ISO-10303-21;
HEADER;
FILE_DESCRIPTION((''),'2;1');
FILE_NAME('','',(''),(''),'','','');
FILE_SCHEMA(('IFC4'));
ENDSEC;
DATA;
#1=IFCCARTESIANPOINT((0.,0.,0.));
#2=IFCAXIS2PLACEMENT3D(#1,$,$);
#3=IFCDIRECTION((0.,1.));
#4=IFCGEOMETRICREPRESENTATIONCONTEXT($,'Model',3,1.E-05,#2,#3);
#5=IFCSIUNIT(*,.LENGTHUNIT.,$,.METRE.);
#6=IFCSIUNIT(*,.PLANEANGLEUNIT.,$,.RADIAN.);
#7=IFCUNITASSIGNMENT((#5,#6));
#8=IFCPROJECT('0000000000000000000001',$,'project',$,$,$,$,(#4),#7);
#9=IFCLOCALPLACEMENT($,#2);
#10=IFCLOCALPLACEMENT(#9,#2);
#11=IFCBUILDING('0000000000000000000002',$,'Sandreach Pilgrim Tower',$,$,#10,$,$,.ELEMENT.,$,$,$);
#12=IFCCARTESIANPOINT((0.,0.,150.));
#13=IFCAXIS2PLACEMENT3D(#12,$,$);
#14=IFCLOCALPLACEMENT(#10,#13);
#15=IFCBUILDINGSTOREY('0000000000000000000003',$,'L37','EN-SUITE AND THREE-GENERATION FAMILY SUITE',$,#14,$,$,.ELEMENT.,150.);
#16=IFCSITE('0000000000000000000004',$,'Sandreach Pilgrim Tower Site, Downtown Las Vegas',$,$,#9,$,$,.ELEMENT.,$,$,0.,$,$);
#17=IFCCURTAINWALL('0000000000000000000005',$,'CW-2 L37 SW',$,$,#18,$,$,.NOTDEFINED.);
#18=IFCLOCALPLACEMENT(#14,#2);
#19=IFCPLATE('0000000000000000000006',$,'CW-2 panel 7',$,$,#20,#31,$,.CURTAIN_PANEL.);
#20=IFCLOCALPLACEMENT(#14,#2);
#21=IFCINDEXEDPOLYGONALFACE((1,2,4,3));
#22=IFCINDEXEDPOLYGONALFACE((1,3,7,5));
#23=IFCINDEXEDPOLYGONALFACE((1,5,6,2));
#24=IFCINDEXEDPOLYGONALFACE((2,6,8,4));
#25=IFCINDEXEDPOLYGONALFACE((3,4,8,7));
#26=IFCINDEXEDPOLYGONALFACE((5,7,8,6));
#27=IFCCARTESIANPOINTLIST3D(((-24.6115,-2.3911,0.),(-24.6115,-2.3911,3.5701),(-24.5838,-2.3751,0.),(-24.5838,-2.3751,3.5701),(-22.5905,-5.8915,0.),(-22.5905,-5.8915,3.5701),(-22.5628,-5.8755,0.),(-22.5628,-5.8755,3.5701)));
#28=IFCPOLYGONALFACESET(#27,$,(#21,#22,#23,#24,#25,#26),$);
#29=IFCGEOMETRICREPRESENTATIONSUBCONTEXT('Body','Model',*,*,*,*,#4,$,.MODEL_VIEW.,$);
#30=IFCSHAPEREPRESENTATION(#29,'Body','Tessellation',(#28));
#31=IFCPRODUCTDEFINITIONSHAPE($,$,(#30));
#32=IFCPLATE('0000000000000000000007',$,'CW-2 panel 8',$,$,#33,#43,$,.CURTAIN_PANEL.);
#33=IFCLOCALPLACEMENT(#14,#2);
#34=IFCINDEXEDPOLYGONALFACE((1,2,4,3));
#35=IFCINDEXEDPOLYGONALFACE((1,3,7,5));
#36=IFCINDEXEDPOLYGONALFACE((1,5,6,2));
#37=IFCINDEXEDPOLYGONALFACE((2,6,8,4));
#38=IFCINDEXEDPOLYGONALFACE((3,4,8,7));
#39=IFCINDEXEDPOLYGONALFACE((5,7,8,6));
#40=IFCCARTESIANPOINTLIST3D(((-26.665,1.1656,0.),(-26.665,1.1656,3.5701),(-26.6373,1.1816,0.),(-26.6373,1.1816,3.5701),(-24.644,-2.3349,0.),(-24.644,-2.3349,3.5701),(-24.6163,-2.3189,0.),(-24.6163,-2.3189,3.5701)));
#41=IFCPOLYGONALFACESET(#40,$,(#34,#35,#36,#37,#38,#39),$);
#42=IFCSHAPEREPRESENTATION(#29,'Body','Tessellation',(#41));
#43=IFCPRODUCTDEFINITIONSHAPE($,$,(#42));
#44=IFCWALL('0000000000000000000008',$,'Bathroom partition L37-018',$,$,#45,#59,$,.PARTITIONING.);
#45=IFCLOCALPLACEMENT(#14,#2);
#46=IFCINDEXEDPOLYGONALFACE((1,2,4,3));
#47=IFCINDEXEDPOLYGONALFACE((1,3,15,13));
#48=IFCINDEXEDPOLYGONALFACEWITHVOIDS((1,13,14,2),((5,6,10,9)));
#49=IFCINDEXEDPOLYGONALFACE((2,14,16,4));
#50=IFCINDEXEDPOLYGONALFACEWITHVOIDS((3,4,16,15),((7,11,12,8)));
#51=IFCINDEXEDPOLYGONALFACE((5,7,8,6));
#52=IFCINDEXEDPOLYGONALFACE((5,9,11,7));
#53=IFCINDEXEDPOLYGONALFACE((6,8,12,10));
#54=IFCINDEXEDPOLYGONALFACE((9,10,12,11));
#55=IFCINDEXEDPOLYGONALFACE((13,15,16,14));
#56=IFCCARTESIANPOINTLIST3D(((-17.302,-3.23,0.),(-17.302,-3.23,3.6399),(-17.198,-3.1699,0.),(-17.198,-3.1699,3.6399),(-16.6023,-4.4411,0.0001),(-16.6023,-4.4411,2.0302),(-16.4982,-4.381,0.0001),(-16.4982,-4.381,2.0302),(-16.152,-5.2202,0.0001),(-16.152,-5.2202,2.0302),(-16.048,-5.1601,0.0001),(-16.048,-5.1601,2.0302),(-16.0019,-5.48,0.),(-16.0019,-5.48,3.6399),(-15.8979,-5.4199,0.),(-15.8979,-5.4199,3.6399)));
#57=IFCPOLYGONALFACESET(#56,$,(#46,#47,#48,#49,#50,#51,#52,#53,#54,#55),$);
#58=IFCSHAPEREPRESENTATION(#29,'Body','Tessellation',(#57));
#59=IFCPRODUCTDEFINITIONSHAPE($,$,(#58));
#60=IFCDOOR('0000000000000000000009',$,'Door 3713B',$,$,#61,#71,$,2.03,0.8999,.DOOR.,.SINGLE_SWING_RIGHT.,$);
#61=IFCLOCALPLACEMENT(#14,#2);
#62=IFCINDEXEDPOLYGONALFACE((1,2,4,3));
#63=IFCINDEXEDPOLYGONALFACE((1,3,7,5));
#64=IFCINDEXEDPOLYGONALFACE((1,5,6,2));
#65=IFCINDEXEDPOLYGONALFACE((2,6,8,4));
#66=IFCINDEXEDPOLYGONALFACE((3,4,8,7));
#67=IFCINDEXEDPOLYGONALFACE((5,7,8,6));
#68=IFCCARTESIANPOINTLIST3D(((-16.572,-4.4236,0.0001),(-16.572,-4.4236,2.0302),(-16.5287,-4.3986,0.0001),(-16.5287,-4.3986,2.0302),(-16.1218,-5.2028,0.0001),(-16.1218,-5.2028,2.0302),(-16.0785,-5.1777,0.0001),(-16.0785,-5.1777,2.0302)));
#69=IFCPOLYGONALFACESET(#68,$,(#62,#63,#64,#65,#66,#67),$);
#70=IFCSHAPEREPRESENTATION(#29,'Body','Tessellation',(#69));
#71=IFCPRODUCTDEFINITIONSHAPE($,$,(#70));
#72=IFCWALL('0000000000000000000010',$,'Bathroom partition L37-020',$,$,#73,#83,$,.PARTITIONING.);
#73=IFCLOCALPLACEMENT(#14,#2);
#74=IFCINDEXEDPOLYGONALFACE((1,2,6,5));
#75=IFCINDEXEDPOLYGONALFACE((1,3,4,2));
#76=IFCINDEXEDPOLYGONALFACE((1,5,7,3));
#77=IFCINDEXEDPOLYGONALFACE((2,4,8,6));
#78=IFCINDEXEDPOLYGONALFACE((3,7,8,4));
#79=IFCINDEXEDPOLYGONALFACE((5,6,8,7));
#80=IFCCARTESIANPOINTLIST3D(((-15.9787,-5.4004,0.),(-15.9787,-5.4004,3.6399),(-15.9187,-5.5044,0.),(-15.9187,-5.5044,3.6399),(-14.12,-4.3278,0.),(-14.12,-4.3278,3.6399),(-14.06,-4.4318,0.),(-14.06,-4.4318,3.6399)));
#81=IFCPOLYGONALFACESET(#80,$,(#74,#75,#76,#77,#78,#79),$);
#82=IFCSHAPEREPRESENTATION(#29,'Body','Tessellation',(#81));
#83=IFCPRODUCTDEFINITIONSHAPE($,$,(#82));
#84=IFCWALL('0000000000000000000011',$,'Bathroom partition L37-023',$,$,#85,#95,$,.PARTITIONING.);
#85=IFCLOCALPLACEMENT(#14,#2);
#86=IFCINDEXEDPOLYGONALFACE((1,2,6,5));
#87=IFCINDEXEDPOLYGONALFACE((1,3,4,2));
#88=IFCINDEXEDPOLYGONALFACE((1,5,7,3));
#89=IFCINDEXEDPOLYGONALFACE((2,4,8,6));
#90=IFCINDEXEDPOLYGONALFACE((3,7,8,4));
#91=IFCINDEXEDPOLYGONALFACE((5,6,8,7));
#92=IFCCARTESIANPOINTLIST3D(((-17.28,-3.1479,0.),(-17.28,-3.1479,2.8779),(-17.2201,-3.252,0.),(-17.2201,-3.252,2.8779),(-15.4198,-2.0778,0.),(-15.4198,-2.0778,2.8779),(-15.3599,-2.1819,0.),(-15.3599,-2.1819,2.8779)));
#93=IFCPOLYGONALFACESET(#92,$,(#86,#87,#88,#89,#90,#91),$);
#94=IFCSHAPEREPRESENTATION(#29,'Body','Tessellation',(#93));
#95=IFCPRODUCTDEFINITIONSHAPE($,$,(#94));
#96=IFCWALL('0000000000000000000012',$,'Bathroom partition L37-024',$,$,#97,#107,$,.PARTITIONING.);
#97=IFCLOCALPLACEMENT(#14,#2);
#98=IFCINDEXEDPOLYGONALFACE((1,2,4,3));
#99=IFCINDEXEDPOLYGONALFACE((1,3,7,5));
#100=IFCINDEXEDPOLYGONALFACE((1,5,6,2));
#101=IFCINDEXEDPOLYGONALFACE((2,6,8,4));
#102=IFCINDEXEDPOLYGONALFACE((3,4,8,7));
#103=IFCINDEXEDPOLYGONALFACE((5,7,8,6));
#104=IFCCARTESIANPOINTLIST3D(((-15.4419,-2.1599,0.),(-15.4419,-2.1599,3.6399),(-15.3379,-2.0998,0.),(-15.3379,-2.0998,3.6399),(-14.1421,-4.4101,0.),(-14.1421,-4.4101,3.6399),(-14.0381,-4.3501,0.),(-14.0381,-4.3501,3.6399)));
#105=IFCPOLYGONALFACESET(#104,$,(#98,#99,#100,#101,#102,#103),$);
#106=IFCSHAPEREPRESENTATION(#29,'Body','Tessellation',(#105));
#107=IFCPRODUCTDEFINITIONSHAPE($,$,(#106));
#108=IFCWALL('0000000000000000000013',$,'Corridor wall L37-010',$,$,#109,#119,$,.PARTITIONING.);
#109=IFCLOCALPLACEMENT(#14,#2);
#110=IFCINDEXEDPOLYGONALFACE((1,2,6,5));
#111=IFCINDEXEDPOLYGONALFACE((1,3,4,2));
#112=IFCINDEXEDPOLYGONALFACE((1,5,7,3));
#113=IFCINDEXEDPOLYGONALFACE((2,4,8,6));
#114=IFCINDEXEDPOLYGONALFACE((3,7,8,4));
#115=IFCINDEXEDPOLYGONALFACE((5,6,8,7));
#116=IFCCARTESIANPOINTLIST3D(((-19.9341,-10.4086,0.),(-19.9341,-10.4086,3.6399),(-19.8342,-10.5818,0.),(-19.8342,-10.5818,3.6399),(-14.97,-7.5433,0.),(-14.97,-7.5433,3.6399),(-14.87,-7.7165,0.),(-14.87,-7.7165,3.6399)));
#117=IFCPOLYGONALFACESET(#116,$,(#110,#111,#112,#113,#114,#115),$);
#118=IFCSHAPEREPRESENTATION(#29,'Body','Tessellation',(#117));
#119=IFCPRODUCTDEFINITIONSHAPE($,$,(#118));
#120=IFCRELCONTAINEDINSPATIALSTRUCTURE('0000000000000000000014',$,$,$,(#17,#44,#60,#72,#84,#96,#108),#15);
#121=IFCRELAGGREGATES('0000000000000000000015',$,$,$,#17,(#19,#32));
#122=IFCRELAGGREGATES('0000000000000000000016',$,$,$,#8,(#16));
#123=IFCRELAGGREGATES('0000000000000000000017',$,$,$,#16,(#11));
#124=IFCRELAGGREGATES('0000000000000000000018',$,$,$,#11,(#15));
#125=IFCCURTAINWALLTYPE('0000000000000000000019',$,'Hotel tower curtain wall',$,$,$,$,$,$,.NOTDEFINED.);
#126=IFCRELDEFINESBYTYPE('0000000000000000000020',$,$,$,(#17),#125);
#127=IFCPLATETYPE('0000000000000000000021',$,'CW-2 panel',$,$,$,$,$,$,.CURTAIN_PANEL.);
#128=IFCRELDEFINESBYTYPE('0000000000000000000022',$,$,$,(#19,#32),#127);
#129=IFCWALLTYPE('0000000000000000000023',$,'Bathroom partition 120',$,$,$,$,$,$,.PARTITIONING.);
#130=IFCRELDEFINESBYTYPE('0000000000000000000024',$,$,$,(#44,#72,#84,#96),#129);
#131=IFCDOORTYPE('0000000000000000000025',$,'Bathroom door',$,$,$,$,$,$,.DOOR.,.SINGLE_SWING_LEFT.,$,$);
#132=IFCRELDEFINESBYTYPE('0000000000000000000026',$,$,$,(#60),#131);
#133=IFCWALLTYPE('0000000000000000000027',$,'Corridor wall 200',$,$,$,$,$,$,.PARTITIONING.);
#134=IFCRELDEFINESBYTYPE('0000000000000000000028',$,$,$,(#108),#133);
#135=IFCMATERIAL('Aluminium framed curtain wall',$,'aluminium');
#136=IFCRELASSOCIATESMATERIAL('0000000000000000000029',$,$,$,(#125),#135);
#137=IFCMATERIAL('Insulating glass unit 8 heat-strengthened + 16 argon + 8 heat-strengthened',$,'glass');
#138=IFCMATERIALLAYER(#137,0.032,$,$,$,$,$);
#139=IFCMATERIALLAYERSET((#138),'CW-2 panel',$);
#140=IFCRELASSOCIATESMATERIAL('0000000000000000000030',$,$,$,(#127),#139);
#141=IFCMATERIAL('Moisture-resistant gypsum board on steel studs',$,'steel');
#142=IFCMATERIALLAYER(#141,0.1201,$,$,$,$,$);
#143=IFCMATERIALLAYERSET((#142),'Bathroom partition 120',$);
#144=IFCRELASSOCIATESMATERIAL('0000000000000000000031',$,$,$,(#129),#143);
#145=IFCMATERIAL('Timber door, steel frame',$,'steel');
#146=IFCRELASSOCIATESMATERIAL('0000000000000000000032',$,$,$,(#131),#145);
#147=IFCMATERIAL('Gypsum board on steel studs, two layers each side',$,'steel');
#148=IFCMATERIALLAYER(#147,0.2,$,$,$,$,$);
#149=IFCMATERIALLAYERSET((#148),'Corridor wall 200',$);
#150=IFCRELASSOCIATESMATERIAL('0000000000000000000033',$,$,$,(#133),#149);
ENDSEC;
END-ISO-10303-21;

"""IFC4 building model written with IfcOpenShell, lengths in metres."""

from ifc_helpers import new_model, si_unit, direction, frame, frame_2d, origin, origin_2d, place, context, subcontext, project, spatial, rectangle, extrude, material, layer, layer_set, type_object, element, fill, aggregate, save


model = new_model("IFC4")

# Units and contexts
model_context = context("Model", 3, precision=1e-05, world=origin(), true_north=direction((0.0, 1.0)))
body_context = subcontext(model_context, "Body", "Model", "MODEL_VIEW")
ifc_project = project(units=[si_unit("LENGTHUNIT", "METRE"), si_unit("PLANEANGLEUNIT", "RADIAN")], contexts=[model_context])

# Site, building, storey
site_placement = place(None, origin())
site = spatial("IfcSite", under=ifc_project, at=site_placement, Name="Sandreach Pilgrim Tower Site, Downtown Las Vegas", CompositionType="ELEMENT", RefElevation=0.0)
building_placement = place(site_placement, origin())
building = spatial("IfcBuilding", under=site, at=building_placement, Name="Sandreach Pilgrim Tower", CompositionType="ELEMENT")
storey_placement = place(building_placement, frame((0.0, 0.0, 150.0)))
storey = spatial("IfcBuildingStorey", under=building, at=storey_placement, Name="L37", Description="EN-SUITE AND THREE-GENERATION FAMILY SUITE", CompositionType="ELEMENT", Elevation=150.0)

# Curtain wall
ifc_material_1 = material(Name="Aluminium framed curtain wall", Category="aluminium")
curtain_wall_type = type_object("IfcCurtainWallType", Name="Hotel tower curtain wall", PredefinedType="NOTDEFINED", material=ifc_material_1)
curtain_wall_placement = place(storey_placement, origin())
curtain_wall = element("IfcCurtainWall", 1, at=curtain_wall_placement, inside=storey, type_object=curtain_wall_type, Name="CW-2 L37 SW", PredefinedType="NOTDEFINED")

# Plates
ifc_material_2 = material(Name="Insulating glass unit 8 heat-strengthened + 16 argon + 8 heat-strengthened", Category="glass")
ifc_layer_1 = layer(ifc_material_2, 0.032)
ifc_layer_set_1 = layer_set([ifc_layer_1], Name="CW-2 panel")
plate_type = type_object("IfcPlateType", Name="CW-2 panel", PredefinedType="CURTAIN_PANEL", material=ifc_layer_set_1)
plate_1_placement = place(storey_placement, frame((-23.5872, -4.1333, 0.0), z_axis=(0.0, 0.0, 1.0), x_axis=(-0.5, 0.866025, 0.0)))
plate_1 = element("IfcPlate", 2, at=plate_1_placement, type_object=plate_type, Name="CW-2 panel 7", PredefinedType="CURTAIN_PANEL", context=body_context, shape_type="SweptSolid", body=[
    extrude(rectangle(XDim=4.042, YDim=0.032, at=origin_2d()), origin(), (0.0, 0.0, 1.0), 3.5701),
])
plate_2_placement = place(storey_placement, frame((-25.6406, -0.5767, 0.0), z_axis=(0.0, 0.0, 1.0), x_axis=(-0.5, 0.866025, 0.0)))
plate_2 = element("IfcPlate", 3, at=plate_2_placement, type_object=plate_type, Name="CW-2 panel 8", PredefinedType="CURTAIN_PANEL", context=body_context, shape_type="SweptSolid", body=[
    extrude(rectangle(XDim=4.042, YDim=0.032, at=origin_2d()), origin(), (0.0, 0.0, 1.0), 3.5701),
])
aggregate(curtain_wall, [plate_1, plate_2])

# Wall, opening, door
ifc_material_3 = material(Name="Moisture-resistant gypsum board on steel studs", Category="steel")
ifc_layer_2 = layer(ifc_material_3, 0.1201)
ifc_layer_set_2 = layer_set([ifc_layer_2], Name="Bathroom partition 120")
wall_type_1 = type_object("IfcWallType", Name="Bathroom partition 120", PredefinedType="PARTITIONING", material=ifc_layer_set_2)
wall_1_placement = place(storey_placement, frame((-17.25, -3.2, 0.0), z_axis=(0.0, 0.0, 1.0), x_axis=(0.500292, -0.865857, 0.0)))
wall_1 = element("IfcWall", 4, at=wall_1_placement, inside=storey, type_object=wall_type_1, Name="Bathroom partition L37-018", PredefinedType="PARTITIONING", context=body_context, shape_type="SweptSolid", body=[
    extrude(rectangle(XDim=2.5986, YDim=0.1201, at=frame_2d((1.2993, 0.0))), origin(), (0.0, 0.0, 1.0), 3.6399),
])
opening_1_placement = place(wall_1_placement, frame((1.3987, 0.0, 0.0)))
opening_1 = element("IfcOpeningElement", 5, at=opening_1_placement, cuts=wall_1, PredefinedType="OPENING", context=body_context, shape_type="SweptSolid", body=[
    extrude(rectangle(XDim=0.8999, YDim=2.03, at=frame_2d((0.45, 1.0151))), frame((0.0, 0.0601, 0.0), z_axis=(0.0, -1.0, 0.0), x_axis=(1.0, 0.0, 0.0)), (0.0, 0.0, 1.0), 0.1201),
])
ifc_material_4 = material(Name="Timber door, steel frame", Category="steel")
door_type_1 = type_object("IfcDoorType", Name="Bathroom door", OperationType="SINGLE_SWING_LEFT", PredefinedType="DOOR", material=ifc_material_4)
door_1_placement = place(opening_1_placement, origin())
door_1 = element("IfcDoor", 6, at=door_1_placement, inside=storey, type_object=door_type_1, Name="Door 3713B", OperationType="SINGLE_SWING_RIGHT", OverallHeight=2.03, OverallWidth=0.8999, PredefinedType="DOOR", context=body_context, shape_type="SweptSolid", body=[
    extrude(rectangle(XDim=0.8999, YDim=2.03, at=frame_2d((0.45, 1.0151))), frame((0.0, 0.0249, 0.0), z_axis=(0.0, -1.0, 0.0), x_axis=(1.0, 0.0, 0.0)), (0.0, 0.0, 1.0), 0.05),
])
fill(opening_1, door_1)

# Walls
wall_2_placement = place(storey_placement, frame((-15.9487, -5.4524, 0.0), z_axis=(0.0, 0.0, 1.0), x_axis=(0.866142, 0.499798, 0.0)))
element("IfcWall", 7, at=wall_2_placement, inside=storey, type_object=wall_type_1, Name="Bathroom partition L37-020", PredefinedType="PARTITIONING", context=body_context, shape_type="SweptSolid", body=[
    extrude(rectangle(XDim=2.146, YDim=0.1201, at=frame_2d((1.073, 0.0))), origin(), (0.0, 0.0, 1.0), 3.6399),
])
wall_3_placement = place(storey_placement, frame((-15.3899, -2.1299, 0.0), z_axis=(0.0, 0.0, 1.0), x_axis=(-0.866804, -0.498649, 0.0)))
element("IfcWall", 8, at=wall_3_placement, inside=storey, type_object=wall_type_1, Name="Bathroom partition L37-023", PredefinedType="PARTITIONING", context=body_context, shape_type="SweptSolid", body=[
    extrude(rectangle(XDim=2.146, YDim=0.1201, at=frame_2d((1.073, 0.0))), origin(), (0.0, 0.0, 1.0), 2.8779),
])
wall_4_placement = place(storey_placement, frame((-15.3899, -2.1299, 0.0), z_axis=(0.0, 0.0, 1.0), x_axis=(0.500181, -0.865921, 0.0)))
element("IfcWall", 9, at=wall_4_placement, inside=storey, type_object=wall_type_1, Name="Bathroom partition L37-024", PredefinedType="PARTITIONING", context=body_context, shape_type="SweptSolid", body=[
    extrude(rectangle(XDim=2.5986, YDim=0.1201, at=frame_2d((1.2993, 0.0))), origin(), (0.0, 0.0, 1.0), 3.6399),
])

# Shared definitions
ifc_material_5 = material(Name="Gypsum board on steel studs, two layers each side", Category="steel")
ifc_layer_3 = layer(ifc_material_5, 0.2)
ifc_layer_set_3 = layer_set([ifc_layer_3], Name="Corridor wall 200")
wall_type_2 = type_object("IfcWallType", Name="Corridor wall 200", PredefinedType="PARTITIONING", material=ifc_layer_set_3)

# Wall
wall_5_placement = place(storey_placement, frame((-19.884, -10.4951, 0.0), z_axis=(0.0, 0.0, 1.0), x_axis=(0.866086, 0.499896, 0.0)))
element("IfcWall", 10, at=wall_5_placement, inside=storey, type_object=wall_type_2, Name="Corridor wall L37-010", PredefinedType="PARTITIONING", context=body_context, shape_type="SweptSolid", body=[
    extrude(rectangle(XDim=5.7317, YDim=0.2, at=frame_2d((2.8657, 0.0))), origin(), (0.0, 0.0, 1.0), 3.6399),
])

save(model, "model.ifc")
